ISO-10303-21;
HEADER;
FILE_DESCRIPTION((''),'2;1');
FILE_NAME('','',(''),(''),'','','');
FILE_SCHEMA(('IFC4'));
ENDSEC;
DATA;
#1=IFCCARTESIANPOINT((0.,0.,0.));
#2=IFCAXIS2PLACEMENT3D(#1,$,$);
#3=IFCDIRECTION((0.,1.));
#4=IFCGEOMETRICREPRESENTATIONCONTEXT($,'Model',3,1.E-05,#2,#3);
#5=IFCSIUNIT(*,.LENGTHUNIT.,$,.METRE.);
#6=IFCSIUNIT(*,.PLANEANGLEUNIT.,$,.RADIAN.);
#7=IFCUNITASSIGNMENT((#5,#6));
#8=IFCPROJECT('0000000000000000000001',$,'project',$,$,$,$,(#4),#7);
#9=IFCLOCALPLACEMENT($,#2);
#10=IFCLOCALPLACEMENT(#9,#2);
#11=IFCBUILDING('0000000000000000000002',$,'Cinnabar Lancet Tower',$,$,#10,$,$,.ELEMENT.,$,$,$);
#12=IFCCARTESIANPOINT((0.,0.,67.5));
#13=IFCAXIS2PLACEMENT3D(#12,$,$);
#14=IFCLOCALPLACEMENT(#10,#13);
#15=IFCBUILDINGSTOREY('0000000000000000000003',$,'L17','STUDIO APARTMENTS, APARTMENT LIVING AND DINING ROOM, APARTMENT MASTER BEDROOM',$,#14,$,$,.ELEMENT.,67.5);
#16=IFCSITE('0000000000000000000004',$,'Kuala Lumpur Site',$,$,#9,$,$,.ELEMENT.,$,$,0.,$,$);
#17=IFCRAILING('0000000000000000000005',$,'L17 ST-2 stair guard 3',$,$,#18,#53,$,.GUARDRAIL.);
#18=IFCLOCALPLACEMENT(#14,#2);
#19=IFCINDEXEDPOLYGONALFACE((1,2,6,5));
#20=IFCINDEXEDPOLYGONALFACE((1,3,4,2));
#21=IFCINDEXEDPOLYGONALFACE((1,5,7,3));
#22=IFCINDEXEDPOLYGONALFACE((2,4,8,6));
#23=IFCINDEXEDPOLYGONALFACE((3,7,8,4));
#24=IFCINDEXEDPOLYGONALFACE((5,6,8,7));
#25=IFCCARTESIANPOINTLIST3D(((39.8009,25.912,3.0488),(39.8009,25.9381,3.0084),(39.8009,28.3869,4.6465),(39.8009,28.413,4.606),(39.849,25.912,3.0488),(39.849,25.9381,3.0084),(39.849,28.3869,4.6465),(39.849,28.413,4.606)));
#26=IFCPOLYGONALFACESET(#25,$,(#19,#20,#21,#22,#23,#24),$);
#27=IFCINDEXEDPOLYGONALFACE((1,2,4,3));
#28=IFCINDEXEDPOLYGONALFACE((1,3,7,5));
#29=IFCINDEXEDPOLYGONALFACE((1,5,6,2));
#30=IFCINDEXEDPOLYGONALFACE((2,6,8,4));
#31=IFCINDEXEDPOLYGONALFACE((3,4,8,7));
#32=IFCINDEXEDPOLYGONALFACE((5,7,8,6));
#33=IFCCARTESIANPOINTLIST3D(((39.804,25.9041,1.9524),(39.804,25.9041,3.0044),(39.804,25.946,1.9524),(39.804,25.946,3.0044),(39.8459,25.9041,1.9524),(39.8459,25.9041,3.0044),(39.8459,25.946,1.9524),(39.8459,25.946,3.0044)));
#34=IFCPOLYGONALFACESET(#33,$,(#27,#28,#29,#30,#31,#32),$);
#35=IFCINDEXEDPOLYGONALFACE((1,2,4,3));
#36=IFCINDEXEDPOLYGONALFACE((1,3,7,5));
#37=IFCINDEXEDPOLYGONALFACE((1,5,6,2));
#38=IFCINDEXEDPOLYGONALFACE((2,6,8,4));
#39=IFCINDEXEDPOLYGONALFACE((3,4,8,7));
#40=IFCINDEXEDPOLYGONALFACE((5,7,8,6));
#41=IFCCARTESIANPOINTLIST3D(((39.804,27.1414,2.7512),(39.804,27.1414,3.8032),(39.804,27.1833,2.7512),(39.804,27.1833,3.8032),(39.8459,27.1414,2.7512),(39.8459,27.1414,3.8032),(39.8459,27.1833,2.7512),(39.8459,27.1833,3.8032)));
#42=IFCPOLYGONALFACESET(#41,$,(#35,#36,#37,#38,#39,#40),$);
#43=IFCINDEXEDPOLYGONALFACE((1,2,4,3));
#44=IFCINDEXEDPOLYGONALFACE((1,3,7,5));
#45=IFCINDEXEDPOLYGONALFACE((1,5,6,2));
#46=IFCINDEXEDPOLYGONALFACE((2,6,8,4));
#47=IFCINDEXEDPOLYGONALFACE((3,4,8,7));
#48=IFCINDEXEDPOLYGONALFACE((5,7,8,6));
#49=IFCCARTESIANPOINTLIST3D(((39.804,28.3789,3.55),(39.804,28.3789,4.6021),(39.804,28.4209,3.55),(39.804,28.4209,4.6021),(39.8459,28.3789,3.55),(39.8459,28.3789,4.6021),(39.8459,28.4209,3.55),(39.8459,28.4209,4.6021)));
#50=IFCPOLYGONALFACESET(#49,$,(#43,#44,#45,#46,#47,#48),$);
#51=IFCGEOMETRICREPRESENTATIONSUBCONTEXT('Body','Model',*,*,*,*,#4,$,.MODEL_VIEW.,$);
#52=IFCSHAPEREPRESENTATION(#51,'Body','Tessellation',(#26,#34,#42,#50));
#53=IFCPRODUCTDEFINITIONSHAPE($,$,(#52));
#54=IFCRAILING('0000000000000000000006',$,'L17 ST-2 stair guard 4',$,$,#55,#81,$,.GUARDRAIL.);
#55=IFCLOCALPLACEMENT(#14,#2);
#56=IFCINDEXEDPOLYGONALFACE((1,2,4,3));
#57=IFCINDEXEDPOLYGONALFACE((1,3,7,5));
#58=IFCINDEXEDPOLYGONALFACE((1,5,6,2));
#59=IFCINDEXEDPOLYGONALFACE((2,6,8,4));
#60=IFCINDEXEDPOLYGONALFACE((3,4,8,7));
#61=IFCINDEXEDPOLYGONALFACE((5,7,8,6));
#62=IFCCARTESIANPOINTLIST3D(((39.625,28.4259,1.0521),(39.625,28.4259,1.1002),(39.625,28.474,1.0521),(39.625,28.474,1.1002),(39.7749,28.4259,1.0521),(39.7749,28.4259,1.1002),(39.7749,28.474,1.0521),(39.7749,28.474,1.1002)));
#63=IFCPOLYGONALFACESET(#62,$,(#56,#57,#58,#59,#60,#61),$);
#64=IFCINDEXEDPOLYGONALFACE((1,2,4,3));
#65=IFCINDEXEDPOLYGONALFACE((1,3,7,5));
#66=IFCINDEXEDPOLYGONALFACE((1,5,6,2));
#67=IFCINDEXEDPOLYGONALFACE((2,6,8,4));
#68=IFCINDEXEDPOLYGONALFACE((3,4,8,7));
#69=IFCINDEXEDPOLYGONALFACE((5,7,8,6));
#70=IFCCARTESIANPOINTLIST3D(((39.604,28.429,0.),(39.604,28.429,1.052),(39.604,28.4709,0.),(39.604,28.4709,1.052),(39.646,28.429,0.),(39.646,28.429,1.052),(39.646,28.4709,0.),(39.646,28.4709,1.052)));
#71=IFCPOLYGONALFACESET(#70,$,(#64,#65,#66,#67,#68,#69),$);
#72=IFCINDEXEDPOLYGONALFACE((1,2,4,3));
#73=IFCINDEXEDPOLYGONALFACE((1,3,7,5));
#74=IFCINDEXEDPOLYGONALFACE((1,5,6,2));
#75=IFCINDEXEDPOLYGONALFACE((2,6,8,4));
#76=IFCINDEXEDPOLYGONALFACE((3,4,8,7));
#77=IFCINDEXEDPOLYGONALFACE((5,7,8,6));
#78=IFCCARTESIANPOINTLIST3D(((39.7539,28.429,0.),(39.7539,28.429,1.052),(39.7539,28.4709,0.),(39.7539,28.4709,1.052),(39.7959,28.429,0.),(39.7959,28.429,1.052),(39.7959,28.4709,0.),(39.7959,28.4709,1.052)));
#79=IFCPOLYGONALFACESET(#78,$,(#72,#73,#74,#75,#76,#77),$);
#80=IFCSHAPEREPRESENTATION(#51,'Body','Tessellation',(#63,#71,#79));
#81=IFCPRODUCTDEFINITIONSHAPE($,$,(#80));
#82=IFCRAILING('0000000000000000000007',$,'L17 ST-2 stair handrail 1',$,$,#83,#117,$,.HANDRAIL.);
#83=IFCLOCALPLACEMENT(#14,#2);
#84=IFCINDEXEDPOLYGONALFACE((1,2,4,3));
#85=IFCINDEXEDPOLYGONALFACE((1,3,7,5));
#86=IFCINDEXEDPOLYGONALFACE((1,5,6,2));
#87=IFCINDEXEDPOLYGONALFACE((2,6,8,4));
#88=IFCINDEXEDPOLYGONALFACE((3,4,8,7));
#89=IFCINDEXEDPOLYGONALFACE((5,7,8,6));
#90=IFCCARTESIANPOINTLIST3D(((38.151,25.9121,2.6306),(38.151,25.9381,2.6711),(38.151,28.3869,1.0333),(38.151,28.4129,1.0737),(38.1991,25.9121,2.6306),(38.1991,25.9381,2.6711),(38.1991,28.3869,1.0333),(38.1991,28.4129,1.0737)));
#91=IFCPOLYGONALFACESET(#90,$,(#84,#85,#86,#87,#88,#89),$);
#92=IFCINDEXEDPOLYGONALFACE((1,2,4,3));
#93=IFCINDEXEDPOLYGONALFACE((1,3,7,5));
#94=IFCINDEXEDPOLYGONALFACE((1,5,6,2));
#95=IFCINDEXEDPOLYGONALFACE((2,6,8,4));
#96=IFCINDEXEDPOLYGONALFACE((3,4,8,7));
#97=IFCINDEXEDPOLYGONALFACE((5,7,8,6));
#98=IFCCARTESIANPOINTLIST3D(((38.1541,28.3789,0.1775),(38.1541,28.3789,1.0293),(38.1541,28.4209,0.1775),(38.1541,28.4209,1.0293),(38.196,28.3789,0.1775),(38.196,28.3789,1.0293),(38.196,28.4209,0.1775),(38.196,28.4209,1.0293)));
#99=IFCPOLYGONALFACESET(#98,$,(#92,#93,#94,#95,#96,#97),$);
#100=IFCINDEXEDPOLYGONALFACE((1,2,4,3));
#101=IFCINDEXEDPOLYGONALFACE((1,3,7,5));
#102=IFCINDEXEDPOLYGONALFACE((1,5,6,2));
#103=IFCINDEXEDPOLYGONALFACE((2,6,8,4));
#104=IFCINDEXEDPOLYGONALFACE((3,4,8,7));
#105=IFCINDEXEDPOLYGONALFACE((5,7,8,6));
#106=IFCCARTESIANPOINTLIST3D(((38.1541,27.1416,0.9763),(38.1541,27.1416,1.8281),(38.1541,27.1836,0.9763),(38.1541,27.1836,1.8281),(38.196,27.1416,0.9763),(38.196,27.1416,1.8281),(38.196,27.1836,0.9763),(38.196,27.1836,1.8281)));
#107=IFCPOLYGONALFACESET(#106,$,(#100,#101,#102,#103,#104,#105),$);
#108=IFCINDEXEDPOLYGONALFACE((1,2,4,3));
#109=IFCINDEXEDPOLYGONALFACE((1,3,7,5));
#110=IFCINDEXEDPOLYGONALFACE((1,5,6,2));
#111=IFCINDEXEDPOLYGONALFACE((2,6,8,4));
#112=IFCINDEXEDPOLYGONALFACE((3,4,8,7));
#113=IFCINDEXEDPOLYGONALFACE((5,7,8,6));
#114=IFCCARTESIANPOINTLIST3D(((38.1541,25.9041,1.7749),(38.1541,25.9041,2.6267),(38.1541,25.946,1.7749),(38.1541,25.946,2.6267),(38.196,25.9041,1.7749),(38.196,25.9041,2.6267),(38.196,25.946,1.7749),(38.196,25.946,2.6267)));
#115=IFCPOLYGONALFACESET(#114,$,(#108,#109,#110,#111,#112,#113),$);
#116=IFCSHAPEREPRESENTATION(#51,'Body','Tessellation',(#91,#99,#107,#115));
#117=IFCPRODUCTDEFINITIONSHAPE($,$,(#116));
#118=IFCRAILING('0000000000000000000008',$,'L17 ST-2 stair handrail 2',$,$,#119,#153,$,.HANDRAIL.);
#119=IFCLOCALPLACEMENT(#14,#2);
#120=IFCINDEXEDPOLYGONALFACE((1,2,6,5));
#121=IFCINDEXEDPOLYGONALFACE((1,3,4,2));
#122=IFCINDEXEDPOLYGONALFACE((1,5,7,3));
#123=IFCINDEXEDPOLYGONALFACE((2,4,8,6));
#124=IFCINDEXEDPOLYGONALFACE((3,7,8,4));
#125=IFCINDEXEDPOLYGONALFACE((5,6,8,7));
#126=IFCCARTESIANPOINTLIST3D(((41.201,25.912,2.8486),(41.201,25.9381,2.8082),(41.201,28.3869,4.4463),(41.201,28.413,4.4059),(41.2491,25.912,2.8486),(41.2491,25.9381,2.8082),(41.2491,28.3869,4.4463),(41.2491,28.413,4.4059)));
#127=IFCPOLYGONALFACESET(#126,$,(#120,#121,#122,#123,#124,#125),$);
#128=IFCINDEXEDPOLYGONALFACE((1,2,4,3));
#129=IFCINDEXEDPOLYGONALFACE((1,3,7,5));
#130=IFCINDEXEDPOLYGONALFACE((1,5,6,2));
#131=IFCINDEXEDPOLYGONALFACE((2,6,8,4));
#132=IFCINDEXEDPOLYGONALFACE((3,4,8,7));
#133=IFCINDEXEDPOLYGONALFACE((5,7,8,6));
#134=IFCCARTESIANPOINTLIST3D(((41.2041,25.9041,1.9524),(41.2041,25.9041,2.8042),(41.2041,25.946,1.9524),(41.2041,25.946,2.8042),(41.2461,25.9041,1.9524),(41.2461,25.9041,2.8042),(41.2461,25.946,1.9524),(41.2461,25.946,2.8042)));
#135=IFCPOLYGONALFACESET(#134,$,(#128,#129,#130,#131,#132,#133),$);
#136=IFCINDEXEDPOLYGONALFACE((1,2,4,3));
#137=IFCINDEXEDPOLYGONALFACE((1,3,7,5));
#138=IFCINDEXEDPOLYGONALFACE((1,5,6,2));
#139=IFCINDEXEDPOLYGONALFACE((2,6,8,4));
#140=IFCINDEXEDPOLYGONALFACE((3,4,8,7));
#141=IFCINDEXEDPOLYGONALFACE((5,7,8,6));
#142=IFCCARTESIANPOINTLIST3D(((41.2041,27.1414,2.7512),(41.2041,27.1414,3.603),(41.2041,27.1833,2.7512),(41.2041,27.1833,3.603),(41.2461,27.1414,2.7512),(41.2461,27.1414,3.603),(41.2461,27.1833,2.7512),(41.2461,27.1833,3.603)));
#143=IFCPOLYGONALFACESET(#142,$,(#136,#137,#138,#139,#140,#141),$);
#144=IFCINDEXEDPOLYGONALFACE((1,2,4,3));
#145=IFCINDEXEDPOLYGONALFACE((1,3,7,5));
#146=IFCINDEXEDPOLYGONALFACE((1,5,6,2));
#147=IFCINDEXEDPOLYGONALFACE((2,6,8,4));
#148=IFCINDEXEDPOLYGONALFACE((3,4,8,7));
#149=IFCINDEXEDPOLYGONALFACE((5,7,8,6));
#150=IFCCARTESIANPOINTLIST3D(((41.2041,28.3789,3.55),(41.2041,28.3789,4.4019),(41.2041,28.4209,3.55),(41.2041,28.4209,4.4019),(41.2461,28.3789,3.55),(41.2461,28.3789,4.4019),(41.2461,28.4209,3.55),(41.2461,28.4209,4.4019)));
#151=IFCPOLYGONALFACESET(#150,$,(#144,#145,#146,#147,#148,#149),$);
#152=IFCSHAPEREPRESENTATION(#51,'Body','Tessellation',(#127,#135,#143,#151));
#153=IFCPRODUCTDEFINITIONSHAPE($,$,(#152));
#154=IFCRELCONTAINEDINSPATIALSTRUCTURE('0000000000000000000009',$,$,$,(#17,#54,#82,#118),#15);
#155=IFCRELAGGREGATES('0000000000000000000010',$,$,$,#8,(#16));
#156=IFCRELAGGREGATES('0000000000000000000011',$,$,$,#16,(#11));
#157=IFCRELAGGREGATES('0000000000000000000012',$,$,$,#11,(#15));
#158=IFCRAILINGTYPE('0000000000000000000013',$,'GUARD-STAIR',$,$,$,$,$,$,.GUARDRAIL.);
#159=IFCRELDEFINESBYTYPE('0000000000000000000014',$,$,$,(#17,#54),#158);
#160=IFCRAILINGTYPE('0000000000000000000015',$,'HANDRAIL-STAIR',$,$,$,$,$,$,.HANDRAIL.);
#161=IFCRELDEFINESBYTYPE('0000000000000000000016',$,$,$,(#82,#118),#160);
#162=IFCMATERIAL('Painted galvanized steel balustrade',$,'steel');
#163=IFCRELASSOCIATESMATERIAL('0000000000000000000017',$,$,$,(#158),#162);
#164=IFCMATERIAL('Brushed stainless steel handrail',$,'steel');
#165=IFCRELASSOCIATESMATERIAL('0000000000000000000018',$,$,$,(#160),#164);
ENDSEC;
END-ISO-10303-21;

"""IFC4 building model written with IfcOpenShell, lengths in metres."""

from ifc_helpers import new_model, si_unit, direction, frame, origin, origin_2d, place, context, subcontext, project, spatial, rectangle, extrude, material, type_object, element, save


model = new_model("IFC4")

# Units and contexts
model_context = context("Model", 3, precision=1e-05, world=origin(), true_north=direction((0.0, 1.0)))
body_context = subcontext(model_context, "Body", "Model", "MODEL_VIEW")
ifc_project = project(units=[si_unit("LENGTHUNIT", "METRE"), si_unit("PLANEANGLEUNIT", "RADIAN")], contexts=[model_context])

# Site, building, storey
site_placement = place(None, origin())
site = spatial("IfcSite", under=ifc_project, at=site_placement, Name="Kuala Lumpur Site", CompositionType="ELEMENT", RefElevation=0.0)
building_placement = place(site_placement, origin())
building = spatial("IfcBuilding", under=site, at=building_placement, Name="Cinnabar Lancet Tower", CompositionType="ELEMENT")
storey_placement = place(building_placement, frame((0.0, 0.0, 67.5)))
storey = spatial("IfcBuildingStorey", under=building, at=storey_placement, Name="L17", Description="STUDIO APARTMENTS, APARTMENT LIVING AND DINING ROOM, APARTMENT MASTER BEDROOM", CompositionType="ELEMENT", Elevation=67.5)

# Railings
ifc_material_1 = material(Name="Painted galvanized steel balustrade", Category="steel")
railing_type_1 = type_object("IfcRailingType", Name="GUARD-STAIR", PredefinedType="GUARDRAIL", material=ifc_material_1)
railing_1_placement = place(storey_placement, frame((39.825, 25.925, 1.9524)))
element("IfcRailing", 1, at=railing_1_placement, inside=storey, type_object=railing_type_1, Name="L17 ST-2 stair guard 3", PredefinedType="GUARDRAIL", context=body_context, shape_type="SweptSolid", body=[
    extrude(rectangle(XDim=0.0481, YDim=0.0481, at=origin_2d()), frame((0.0, 0.0, 1.0762), z_axis=(0.0, 0.840146, 0.542361), x_axis=(-1.0, 0.0, 0.0)), (0.0, 0.0, 1.0), 2.9458),
    extrude(rectangle(XDim=0.042, YDim=0.042, at=origin_2d()), origin(), (0.0, 0.0, 1.0), 1.052),
    extrude(rectangle(XDim=0.042, YDim=0.042, at=origin_2d()), frame((0.0, 1.2373, 0.7988)), (0.0, 0.0, 1.0), 1.052),
    extrude(rectangle(XDim=0.042, YDim=0.042, at=origin_2d()), frame((0.0, 2.4749, 1.5977)), (0.0, 0.0, 1.0), 1.052),
])
railing_2_placement = place(storey_placement, frame((39.625, 28.45, 0.0)))
element("IfcRailing", 2, at=railing_2_placement, inside=storey, type_object=railing_type_1, Name="L17 ST-2 stair guard 4", PredefinedType="GUARDRAIL", context=body_context, shape_type="SweptSolid", body=[
    extrude(rectangle(XDim=0.0481, YDim=0.0481, at=origin_2d()), frame((0.0, 0.0, 1.0762), z_axis=(1.0, 0.0, 0.0), x_axis=(0.0, 1.0, 0.0)), (0.0, 0.0, 1.0), 0.1499),
    extrude(rectangle(XDim=0.042, YDim=0.042, at=origin_2d()), origin(), (0.0, 0.0, 1.0), 1.052),
    extrude(rectangle(XDim=0.042, YDim=0.042, at=origin_2d()), frame((0.1499, 0.0, 0.0)), (0.0, 0.0, 1.0), 1.052),
])
ifc_material_2 = material(Name="Brushed stainless steel handrail", Category="steel")
railing_type_2 = type_object("IfcRailingType", Name="HANDRAIL-STAIR", PredefinedType="HANDRAIL", material=ifc_material_2)
railing_3_placement = place(storey_placement, frame((38.175, 28.3999, 0.1775)))
element("IfcRailing", 3, at=railing_3_placement, inside=storey, type_object=railing_type_2, Name="L17 ST-2 stair handrail 1", PredefinedType="HANDRAIL", context=body_context, shape_type="SweptSolid", body=[
    extrude(rectangle(XDim=0.0481, YDim=0.0481, at=origin_2d()), frame((0.0, 0.0, 0.876), z_axis=(0.0, -0.840183, 0.542302), x_axis=(1.0, 0.0, 0.0)), (0.0, 0.0, 1.0), 2.9456),
    extrude(rectangle(XDim=0.042, YDim=0.042, at=origin_2d()), origin(), (0.0, 0.0, 1.0), 0.8518),
    extrude(rectangle(XDim=0.042, YDim=0.042, at=origin_2d()), frame((0.0, -1.2373, 0.7988)), (0.0, 0.0, 1.0), 0.8518),
    extrude(rectangle(XDim=0.042, YDim=0.042, at=origin_2d()), frame((0.0, -2.4749, 1.5974)), (0.0, 0.0, 1.0), 0.8518),
])
railing_4_placement = place(storey_placement, frame((41.2251, 25.925, 1.9524)))
element("IfcRailing", 4, at=railing_4_placement, inside=storey, type_object=railing_type_2, Name="L17 ST-2 stair handrail 2", PredefinedType="HANDRAIL", context=body_context, shape_type="SweptSolid", body=[
    extrude(rectangle(XDim=0.0481, YDim=0.0481, at=origin_2d()), frame((0.0, 0.0, 0.876), z_axis=(0.0, 0.840146, 0.542361), x_axis=(-1.0, 0.0, 0.0)), (0.0, 0.0, 1.0), 2.9458),
    extrude(rectangle(XDim=0.042, YDim=0.042, at=origin_2d()), origin(), (0.0, 0.0, 1.0), 0.8518),
    extrude(rectangle(XDim=0.042, YDim=0.042, at=origin_2d()), frame((0.0, 1.2373, 0.7988)), (0.0, 0.0, 1.0), 0.8518),
    extrude(rectangle(XDim=0.042, YDim=0.042, at=origin_2d()), frame((0.0, 2.4749, 1.5977)), (0.0, 0.0, 1.0), 0.8518),
])

save(model, "model.ifc")
